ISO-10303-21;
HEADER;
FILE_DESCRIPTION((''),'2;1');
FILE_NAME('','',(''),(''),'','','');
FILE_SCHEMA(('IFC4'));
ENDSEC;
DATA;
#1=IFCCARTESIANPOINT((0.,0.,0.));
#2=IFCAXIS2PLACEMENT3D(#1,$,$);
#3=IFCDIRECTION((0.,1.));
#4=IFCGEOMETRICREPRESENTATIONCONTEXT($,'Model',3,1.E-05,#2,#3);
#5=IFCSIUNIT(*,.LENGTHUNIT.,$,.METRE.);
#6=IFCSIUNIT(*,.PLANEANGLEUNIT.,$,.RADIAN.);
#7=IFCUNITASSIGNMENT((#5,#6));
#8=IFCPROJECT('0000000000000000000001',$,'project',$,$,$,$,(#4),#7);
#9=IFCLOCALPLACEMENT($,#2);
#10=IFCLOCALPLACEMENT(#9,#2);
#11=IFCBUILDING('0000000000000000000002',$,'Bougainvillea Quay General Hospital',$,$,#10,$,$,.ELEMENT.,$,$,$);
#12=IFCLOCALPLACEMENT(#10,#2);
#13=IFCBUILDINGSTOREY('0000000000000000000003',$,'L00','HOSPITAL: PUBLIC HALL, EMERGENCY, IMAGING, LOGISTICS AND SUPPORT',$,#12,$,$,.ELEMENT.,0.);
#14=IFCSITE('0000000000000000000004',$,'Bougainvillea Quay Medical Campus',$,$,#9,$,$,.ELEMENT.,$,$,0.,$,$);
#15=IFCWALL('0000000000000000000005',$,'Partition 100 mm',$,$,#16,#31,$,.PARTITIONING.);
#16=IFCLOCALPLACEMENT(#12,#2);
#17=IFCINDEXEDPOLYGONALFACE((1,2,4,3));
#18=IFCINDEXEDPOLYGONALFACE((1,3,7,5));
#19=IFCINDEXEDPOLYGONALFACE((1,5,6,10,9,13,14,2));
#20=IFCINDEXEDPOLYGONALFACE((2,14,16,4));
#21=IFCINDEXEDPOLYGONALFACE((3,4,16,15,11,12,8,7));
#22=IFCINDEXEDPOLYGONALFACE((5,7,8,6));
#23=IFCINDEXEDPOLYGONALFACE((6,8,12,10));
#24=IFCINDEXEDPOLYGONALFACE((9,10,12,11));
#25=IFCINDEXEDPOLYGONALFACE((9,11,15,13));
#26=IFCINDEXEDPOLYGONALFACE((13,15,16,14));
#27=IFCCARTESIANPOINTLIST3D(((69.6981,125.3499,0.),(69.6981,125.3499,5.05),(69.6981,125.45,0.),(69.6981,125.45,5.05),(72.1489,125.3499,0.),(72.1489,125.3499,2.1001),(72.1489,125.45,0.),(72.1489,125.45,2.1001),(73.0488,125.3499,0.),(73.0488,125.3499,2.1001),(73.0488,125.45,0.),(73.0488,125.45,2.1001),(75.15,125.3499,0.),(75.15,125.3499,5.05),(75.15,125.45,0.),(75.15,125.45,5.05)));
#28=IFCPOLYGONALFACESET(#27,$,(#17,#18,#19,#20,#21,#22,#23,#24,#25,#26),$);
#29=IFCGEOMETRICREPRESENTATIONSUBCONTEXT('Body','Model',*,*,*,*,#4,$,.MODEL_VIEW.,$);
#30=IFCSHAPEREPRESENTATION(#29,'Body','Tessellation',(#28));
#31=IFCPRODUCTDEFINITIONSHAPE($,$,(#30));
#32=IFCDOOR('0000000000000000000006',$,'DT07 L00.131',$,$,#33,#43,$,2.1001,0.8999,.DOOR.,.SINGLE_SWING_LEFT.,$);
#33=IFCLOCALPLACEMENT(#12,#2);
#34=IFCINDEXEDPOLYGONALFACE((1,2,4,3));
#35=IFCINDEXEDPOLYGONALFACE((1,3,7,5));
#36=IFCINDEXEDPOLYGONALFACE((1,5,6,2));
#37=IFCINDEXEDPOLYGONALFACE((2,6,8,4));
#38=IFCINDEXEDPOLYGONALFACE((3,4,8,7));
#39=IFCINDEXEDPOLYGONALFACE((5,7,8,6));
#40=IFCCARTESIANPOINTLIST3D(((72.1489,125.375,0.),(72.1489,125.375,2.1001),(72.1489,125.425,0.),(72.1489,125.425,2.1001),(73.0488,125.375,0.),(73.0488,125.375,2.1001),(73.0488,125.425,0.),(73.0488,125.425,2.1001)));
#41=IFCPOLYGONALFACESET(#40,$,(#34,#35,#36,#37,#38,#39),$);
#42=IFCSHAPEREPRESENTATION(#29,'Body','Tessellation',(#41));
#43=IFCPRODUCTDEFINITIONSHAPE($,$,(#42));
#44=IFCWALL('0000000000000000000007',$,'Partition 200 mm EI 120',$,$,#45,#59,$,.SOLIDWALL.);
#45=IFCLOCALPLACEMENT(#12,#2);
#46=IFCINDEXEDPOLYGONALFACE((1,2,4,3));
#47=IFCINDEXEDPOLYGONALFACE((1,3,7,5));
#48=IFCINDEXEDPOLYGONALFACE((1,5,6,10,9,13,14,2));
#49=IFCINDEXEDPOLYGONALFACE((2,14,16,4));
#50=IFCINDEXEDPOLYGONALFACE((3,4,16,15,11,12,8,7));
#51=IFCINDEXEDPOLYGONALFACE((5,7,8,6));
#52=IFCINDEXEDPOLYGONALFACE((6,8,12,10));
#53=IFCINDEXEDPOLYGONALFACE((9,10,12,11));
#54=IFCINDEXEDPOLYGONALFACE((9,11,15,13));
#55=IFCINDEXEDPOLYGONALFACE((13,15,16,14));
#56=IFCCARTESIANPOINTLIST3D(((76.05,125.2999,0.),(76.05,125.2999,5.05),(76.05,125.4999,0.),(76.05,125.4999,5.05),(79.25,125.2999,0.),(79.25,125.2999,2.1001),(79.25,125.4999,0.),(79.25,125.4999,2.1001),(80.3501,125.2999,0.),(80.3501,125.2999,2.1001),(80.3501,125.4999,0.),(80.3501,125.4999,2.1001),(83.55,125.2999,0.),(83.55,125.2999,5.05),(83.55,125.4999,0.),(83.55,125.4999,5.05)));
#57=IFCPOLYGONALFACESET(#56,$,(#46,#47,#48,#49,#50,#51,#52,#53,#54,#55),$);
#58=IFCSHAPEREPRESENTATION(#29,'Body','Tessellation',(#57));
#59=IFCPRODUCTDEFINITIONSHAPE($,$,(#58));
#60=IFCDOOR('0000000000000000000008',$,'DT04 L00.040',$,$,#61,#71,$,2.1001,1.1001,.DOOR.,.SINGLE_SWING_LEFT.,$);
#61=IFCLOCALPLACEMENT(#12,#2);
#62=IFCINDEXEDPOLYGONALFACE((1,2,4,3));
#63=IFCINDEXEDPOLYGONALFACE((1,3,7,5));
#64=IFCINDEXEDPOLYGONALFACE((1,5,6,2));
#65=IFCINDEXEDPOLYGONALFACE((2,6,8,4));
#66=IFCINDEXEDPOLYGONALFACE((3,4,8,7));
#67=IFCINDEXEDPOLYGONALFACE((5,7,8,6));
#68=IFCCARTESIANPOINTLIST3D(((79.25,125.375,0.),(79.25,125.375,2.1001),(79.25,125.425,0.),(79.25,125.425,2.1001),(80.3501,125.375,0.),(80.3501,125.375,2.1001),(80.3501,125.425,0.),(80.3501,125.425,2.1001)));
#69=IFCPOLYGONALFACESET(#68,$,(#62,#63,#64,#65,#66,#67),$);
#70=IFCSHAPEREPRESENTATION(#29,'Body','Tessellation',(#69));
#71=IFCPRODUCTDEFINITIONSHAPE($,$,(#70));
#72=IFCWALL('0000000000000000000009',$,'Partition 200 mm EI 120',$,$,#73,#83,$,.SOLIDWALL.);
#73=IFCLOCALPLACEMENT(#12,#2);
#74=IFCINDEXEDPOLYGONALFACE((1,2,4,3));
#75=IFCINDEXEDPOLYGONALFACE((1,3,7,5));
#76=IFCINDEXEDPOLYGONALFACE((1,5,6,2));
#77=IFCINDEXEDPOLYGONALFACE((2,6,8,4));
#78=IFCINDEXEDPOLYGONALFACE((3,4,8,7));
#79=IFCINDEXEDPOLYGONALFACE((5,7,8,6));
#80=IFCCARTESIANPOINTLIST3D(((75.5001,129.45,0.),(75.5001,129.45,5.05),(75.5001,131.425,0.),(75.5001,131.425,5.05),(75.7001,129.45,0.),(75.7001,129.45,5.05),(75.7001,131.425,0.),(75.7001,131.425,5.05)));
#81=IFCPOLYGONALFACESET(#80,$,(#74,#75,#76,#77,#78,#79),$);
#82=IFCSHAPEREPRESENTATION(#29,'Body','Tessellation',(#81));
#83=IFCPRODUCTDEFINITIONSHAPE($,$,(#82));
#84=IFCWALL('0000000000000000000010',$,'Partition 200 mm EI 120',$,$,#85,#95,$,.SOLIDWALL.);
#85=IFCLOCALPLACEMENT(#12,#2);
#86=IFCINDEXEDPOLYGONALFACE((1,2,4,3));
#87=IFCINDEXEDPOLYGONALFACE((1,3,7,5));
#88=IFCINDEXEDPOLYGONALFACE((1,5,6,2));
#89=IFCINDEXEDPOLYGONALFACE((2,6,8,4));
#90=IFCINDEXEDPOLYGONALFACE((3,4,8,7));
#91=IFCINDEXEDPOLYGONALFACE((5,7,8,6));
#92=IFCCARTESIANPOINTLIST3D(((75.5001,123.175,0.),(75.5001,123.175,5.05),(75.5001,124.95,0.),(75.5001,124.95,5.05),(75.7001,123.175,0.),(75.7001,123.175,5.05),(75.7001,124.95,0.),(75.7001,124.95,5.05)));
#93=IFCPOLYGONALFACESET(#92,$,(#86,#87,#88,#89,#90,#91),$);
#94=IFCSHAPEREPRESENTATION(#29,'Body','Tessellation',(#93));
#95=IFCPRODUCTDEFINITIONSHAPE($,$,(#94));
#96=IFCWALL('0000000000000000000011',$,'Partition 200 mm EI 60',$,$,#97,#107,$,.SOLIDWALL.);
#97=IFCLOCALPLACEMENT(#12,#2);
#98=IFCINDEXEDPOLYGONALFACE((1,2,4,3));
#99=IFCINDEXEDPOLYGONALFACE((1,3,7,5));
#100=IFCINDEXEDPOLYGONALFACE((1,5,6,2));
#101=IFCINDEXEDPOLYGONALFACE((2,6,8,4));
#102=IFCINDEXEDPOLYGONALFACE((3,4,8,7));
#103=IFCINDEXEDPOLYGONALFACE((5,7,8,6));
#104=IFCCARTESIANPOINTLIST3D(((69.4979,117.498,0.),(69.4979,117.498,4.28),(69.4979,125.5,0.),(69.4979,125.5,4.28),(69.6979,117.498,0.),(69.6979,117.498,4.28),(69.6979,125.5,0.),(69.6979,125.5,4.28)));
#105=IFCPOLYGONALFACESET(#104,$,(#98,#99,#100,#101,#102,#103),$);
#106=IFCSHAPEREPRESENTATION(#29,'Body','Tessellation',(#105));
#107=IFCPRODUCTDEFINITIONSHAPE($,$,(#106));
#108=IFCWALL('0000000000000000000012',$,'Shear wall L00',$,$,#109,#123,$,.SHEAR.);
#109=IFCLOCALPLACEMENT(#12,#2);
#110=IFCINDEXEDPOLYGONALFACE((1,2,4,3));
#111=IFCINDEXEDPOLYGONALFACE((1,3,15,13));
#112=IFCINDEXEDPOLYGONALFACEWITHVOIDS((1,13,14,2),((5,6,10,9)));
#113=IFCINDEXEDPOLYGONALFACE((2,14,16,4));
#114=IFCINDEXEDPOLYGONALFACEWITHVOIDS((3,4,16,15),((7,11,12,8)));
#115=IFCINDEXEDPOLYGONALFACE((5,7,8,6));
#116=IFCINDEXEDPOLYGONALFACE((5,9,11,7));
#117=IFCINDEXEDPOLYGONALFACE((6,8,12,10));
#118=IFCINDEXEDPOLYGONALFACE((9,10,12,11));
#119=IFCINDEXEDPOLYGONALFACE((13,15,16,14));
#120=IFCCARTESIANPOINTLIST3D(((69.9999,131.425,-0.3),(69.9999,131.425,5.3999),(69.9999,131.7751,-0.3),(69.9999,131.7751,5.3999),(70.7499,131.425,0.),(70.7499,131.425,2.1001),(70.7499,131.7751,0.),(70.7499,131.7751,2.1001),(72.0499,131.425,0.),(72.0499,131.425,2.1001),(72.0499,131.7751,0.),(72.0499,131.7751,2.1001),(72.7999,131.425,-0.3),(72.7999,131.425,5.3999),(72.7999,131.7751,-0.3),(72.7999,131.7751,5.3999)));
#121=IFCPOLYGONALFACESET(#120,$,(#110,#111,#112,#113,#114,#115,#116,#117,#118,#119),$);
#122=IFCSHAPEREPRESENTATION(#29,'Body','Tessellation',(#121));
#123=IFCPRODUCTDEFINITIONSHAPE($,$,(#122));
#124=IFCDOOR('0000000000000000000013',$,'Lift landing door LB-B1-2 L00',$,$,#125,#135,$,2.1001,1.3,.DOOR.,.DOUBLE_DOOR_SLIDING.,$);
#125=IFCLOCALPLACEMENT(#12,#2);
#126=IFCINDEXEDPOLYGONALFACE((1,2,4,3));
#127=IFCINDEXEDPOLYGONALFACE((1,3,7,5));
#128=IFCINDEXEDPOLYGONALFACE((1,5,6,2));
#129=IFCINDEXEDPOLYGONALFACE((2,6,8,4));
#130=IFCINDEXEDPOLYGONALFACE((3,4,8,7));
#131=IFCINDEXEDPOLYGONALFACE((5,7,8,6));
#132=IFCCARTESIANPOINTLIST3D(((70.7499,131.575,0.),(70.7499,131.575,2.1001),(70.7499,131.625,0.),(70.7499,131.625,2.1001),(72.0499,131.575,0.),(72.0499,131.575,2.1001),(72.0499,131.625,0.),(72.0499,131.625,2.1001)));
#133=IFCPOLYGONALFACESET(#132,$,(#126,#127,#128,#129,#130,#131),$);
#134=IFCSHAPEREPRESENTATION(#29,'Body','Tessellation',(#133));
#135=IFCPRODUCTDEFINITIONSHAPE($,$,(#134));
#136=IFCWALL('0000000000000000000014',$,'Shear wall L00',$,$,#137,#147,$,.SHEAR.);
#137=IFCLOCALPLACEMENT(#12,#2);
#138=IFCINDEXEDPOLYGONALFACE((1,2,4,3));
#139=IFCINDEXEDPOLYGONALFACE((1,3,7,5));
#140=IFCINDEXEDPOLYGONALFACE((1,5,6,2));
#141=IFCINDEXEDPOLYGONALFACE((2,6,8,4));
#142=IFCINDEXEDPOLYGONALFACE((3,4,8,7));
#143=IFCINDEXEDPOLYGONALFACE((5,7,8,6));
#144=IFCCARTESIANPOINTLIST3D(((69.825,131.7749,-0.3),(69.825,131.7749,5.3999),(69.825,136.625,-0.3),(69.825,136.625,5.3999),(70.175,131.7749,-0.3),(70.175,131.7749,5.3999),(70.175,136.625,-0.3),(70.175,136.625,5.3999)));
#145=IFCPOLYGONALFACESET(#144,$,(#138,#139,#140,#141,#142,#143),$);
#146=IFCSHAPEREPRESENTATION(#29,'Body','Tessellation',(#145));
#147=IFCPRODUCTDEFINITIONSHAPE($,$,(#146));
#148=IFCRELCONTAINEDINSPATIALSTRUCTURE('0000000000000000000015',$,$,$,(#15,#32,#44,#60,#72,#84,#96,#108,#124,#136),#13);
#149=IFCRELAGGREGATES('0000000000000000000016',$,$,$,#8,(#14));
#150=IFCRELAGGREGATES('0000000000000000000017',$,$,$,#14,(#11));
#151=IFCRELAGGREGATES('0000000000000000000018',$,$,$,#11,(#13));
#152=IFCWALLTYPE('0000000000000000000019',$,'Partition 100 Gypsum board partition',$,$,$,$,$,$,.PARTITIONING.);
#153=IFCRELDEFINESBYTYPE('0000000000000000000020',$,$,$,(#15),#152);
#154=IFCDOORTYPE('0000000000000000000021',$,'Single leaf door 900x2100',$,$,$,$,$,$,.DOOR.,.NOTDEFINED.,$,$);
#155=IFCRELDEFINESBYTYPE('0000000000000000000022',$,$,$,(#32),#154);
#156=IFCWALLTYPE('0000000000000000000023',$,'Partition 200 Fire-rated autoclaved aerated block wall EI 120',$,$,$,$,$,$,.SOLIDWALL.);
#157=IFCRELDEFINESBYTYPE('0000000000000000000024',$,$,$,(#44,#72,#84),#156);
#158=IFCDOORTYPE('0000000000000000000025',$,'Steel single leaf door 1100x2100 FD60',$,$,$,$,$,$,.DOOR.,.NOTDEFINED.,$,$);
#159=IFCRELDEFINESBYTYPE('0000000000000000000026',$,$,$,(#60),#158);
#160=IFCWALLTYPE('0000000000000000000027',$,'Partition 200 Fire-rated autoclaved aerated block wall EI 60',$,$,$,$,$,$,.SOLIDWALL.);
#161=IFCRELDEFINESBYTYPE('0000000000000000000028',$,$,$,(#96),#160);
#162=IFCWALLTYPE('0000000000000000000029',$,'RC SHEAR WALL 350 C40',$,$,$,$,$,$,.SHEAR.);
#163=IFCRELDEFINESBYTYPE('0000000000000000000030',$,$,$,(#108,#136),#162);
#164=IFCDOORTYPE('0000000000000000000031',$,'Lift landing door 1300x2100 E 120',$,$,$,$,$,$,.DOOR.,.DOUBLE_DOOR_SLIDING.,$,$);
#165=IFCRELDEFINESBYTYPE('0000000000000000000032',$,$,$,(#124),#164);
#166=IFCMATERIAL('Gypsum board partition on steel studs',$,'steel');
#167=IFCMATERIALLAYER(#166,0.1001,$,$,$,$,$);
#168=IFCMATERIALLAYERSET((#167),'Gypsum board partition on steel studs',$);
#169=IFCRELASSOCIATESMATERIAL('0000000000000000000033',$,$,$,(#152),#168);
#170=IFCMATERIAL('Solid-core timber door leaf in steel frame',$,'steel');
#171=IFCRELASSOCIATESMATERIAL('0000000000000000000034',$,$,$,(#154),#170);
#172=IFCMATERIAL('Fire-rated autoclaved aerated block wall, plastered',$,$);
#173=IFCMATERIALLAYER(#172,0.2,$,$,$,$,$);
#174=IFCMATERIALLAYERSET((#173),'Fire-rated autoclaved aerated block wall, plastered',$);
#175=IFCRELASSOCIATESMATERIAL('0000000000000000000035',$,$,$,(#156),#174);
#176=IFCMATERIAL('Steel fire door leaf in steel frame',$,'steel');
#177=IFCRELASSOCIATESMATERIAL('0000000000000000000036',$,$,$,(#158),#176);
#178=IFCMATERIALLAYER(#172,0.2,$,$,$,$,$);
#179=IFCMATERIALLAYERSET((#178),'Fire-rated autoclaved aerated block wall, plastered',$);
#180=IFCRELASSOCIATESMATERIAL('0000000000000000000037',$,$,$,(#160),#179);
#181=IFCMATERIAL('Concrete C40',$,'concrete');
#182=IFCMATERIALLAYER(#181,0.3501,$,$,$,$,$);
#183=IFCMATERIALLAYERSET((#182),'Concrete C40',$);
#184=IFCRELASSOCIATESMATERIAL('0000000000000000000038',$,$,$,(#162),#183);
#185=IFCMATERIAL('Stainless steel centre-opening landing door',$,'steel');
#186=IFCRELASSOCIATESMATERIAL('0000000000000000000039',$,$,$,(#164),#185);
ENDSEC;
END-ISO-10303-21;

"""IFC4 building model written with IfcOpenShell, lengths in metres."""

from ifc_helpers import new_model, si_unit, direction, frame, frame_2d, origin, place, context, subcontext, project, spatial, rectangle, extrude, material, layer, layer_set, type_object, element, fill, save


model = new_model("IFC4")

# Units and contexts
model_context = context("Model", 3, precision=1e-05, world=origin(), true_north=direction((0.0, 1.0)))
body_context = subcontext(model_context, "Body", "Model", "MODEL_VIEW")
ifc_project = project(units=[si_unit("LENGTHUNIT", "METRE"), si_unit("PLANEANGLEUNIT", "RADIAN")], contexts=[model_context])

# Site, building, storey
site_placement = place(None, origin())
site = spatial("IfcSite", under=ifc_project, at=site_placement, Name="Bougainvillea Quay Medical Campus", CompositionType="ELEMENT", RefElevation=0.0)
building_placement = place(site_placement, origin())
building = spatial("IfcBuilding", under=site, at=building_placement, Name="Bougainvillea Quay General Hospital", CompositionType="ELEMENT")
storey_placement = place(building_placement, origin())
storey = spatial("IfcBuildingStorey", under=building, at=storey_placement, Name="L00", Description="HOSPITAL: PUBLIC HALL, EMERGENCY, IMAGING, LOGISTICS AND SUPPORT", CompositionType="ELEMENT", Elevation=0.0)

# Shared definitions
ifc_material_1 = material(Name="Concrete C40", Category="concrete")

# Shared definitions
ifc_material_2 = material(Name="Gypsum board partition on steel studs", Category="steel")
ifc_layer_1 = layer(ifc_material_2, 0.1001)
ifc_layer_set_1 = layer_set([ifc_layer_1], Name="Gypsum board partition on steel studs")
wall_type_1 = type_object("IfcWallType", Name="Partition 100 Gypsum board partition", PredefinedType="PARTITIONING", material=ifc_layer_set_1)

# Walls, openings, doors
wall_1_placement = place(storey_placement, frame((69.698, 125.3999, 0.0), z_axis=(0.0, 0.0, 1.0), x_axis=(1.0, 0.0, 0.0)))
wall_1 = element("IfcWall", 1, at=wall_1_placement, inside=storey, type_object=wall_type_1, Name="Partition 100 mm", PredefinedType="PARTITIONING", context=body_context, shape_type="SweptSolid", body=[
    extrude(rectangle(XDim=5.4519, YDim=0.1001, at=frame_2d((2.7261, 0.0))), origin(), (0.0, 0.0, 1.0), 5.05),
])
opening_1_placement = place(wall_1_placement, frame((2.4509, 0.0, 0.0)))
opening_1 = element("IfcOpeningElement", 2, at=opening_1_placement, cuts=wall_1, PredefinedType="OPENING", context=body_context, shape_type="SweptSolid", body=[
    extrude(rectangle(XDim=0.8999, YDim=2.1001, at=frame_2d((0.45, 1.05))), frame((0.0, 0.0601, 0.0), z_axis=(0.0, -1.0, 0.0), x_axis=(1.0, 0.0, 0.0)), (0.0, 0.0, 1.0), 0.1201),
])
ifc_material_3 = material(Name="Solid-core timber door leaf in steel frame", Category="steel")
door_type_1 = type_object("IfcDoorType", Name="Single leaf door 900x2100", OperationType="NOTDEFINED", PredefinedType="DOOR", material=ifc_material_3)
door_1_placement = place(opening_1_placement, frame((0.8999, 0.0, 0.0), z_axis=(0.0, 0.0, 1.0), x_axis=(-1.0, 0.0, 0.0)))
door_1 = element("IfcDoor", 3, at=door_1_placement, inside=storey, type_object=door_type_1, Name="DT07 L00.131", OperationType="SINGLE_SWING_LEFT", OverallHeight=2.1001, OverallWidth=0.8999, PredefinedType="DOOR", context=body_context, shape_type="SweptSolid", body=[
    extrude(rectangle(XDim=0.8999, YDim=2.1001, at=frame_2d((0.45, 1.05))), frame((0.0, 0.0249, 0.0), z_axis=(0.0, -1.0, 0.0), x_axis=(1.0, 0.0, 0.0)), (0.0, 0.0, 1.0), 0.05),
])
fill(opening_1, door_1)
ifc_material_4 = material(Name="Fire-rated autoclaved aerated block wall, plastered")
ifc_layer_2 = layer(ifc_material_4, 0.2)
ifc_layer_set_2 = layer_set([ifc_layer_2], Name="Fire-rated autoclaved aerated block wall, plastered")
wall_type_2 = type_object("IfcWallType", Name="Partition 200 Fire-rated autoclaved aerated block wall EI 120", PredefinedType="SOLIDWALL", material=ifc_layer_set_2)
wall_2_placement = place(storey_placement, frame((76.05, 125.3999, 0.0), z_axis=(0.0, 0.0, 1.0), x_axis=(1.0, 0.0, 0.0)))
wall_2 = element("IfcWall", 4, at=wall_2_placement, inside=storey, type_object=wall_type_2, Name="Partition 200 mm EI 120", PredefinedType="SOLIDWALL", context=body_context, shape_type="SweptSolid", body=[
    extrude(rectangle(XDim=7.5, YDim=0.2, at=frame_2d((3.75, 0.0))), origin(), (0.0, 0.0, 1.0), 5.05),
])
opening_2_placement = place(wall_2_placement, frame((3.2, 0.0, 0.0)))
opening_2 = element("IfcOpeningElement", 5, at=opening_2_placement, cuts=wall_2, PredefinedType="OPENING", context=body_context, shape_type="SweptSolid", body=[
    extrude(rectangle(XDim=1.1001, YDim=2.1001, at=frame_2d((0.55, 1.05))), frame((0.0, 0.1099, 0.0), z_axis=(0.0, -1.0, 0.0), x_axis=(1.0, 0.0, 0.0)), (0.0, 0.0, 1.0), 0.22),
])
ifc_material_5 = material(Name="Steel fire door leaf in steel frame", Category="steel")
door_type_2 = type_object("IfcDoorType", Name="Steel single leaf door 1100x2100 FD60", OperationType="NOTDEFINED", PredefinedType="DOOR", material=ifc_material_5)
door_2_placement = place(opening_2_placement, frame((1.1001, 0.0, 0.0), z_axis=(0.0, 0.0, 1.0), x_axis=(-1.0, 0.0, 0.0)))
door_2 = element("IfcDoor", 6, at=door_2_placement, inside=storey, type_object=door_type_2, Name="DT04 L00.040", OperationType="SINGLE_SWING_LEFT", OverallHeight=2.1001, OverallWidth=1.1001, PredefinedType="DOOR", context=body_context, shape_type="SweptSolid", body=[
    extrude(rectangle(XDim=1.1001, YDim=2.1001, at=frame_2d((0.55, 1.05))), frame((0.0, 0.0249, 0.0), z_axis=(0.0, -1.0, 0.0), x_axis=(1.0, 0.0, 0.0)), (0.0, 0.0, 1.0), 0.05),
])
fill(opening_2, door_2)

# Walls
wall_3_placement = place(storey_placement, frame((75.6001, 129.45, 0.0), z_axis=(0.0, 0.0, 1.0), x_axis=(0.0, 1.0, 0.0)))
element("IfcWall", 7, at=wall_3_placement, inside=storey, type_object=wall_type_2, Name="Partition 200 mm EI 120", PredefinedType="SOLIDWALL", context=body_context, shape_type="SweptSolid", body=[
    extrude(rectangle(XDim=1.9751, YDim=0.2, at=frame_2d((0.9875, 0.0))), origin(), (0.0, 0.0, 1.0), 5.05),
])
wall_4_placement = place(storey_placement, frame((75.6001, 123.175, 0.0), z_axis=(0.0, 0.0, 1.0), x_axis=(0.0, 1.0, 0.0)))
element("IfcWall", 8, at=wall_4_placement, inside=storey, type_object=wall_type_2, Name="Partition 200 mm EI 120", PredefinedType="SOLIDWALL", context=body_context, shape_type="SweptSolid", body=[
    extrude(rectangle(XDim=1.7749, YDim=0.2, at=frame_2d((0.8875, 0.0))), origin(), (0.0, 0.0, 1.0), 5.05),
])
ifc_layer_3 = layer(ifc_material_4, 0.2)
ifc_layer_set_3 = layer_set([ifc_layer_3], Name="Fire-rated autoclaved aerated block wall, plastered")
wall_type_3 = type_object("IfcWallType", Name="Partition 200 Fire-rated autoclaved aerated block wall EI 60", PredefinedType="SOLIDWALL", material=ifc_layer_set_3)
wall_5_placement = place(storey_placement, frame((69.5979, 117.498, 0.0), z_axis=(0.0, 0.0, 1.0), x_axis=(0.0, 1.0, 0.0)))
element("IfcWall", 9, at=wall_5_placement, inside=storey, type_object=wall_type_3, Name="Partition 200 mm EI 60", PredefinedType="SOLIDWALL", context=body_context, shape_type="SweptSolid", body=[
    extrude(rectangle(XDim=8.002, YDim=0.2, at=frame_2d((4.001, 0.0))), origin(), (0.0, 0.0, 1.0), 4.28),
])

# Wall, opening, door
ifc_layer_4 = layer(ifc_material_1, 0.3501)
ifc_layer_set_4 = layer_set([ifc_layer_4], Name="Concrete C40")
wall_type_4 = type_object("IfcWallType", Name="RC SHEAR WALL 350 C40", PredefinedType="SHEAR", material=ifc_layer_set_4)
wall_6_placement = place(storey_placement, frame((70.0, 131.6001, -0.3), z_axis=(0.0, 0.0, 1.0), x_axis=(1.0, 0.0, 0.0)))
wall_6 = element("IfcWall", 10, at=wall_6_placement, inside=storey, type_object=wall_type_4, Name="Shear wall L00", PredefinedType="SHEAR", context=body_context, shape_type="SweptSolid", body=[
    extrude(rectangle(XDim=2.8, YDim=0.3501, at=frame_2d((1.3999, 0.0))), origin(), (0.0, 0.0, 1.0), 5.7),
])
opening_3_placement = place(wall_6_placement, frame((0.75, 0.0, 0.3)))
opening_3 = element("IfcOpeningElement", 11, at=opening_3_placement, cuts=wall_6, PredefinedType="OPENING", context=body_context, shape_type="SweptSolid", body=[
    extrude(rectangle(XDim=1.3, YDim=2.1001, at=frame_2d((0.6499, 1.05))), frame((0.0, 0.1851, 0.0), z_axis=(0.0, -1.0, 0.0), x_axis=(1.0, 0.0, 0.0)), (0.0, 0.0, 1.0), 0.3701),
])
ifc_material_6 = material(Name="Stainless steel centre-opening landing door", Category="steel")
door_type_3 = type_object("IfcDoorType", Name="Lift landing door 1300x2100 E 120", OperationType="DOUBLE_DOOR_SLIDING", PredefinedType="DOOR", material=ifc_material_6)
door_3_placement = place(opening_3_placement, origin())
door_3 = element("IfcDoor", 12, at=door_3_placement, inside=storey, type_object=door_type_3, Name="Lift landing door LB-B1-2 L00", OperationType="DOUBLE_DOOR_SLIDING", OverallHeight=2.1001, OverallWidth=1.3, PredefinedType="DOOR", context=body_context, shape_type="SweptSolid", body=[
    extrude(rectangle(XDim=1.3, YDim=2.1001, at=frame_2d((0.6499, 1.05))), frame((0.0, 0.0249, 0.0), z_axis=(0.0, -1.0, 0.0), x_axis=(1.0, 0.0, 0.0)), (0.0, 0.0, 1.0), 0.05),
])
fill(opening_3, door_3)

# Wall
wall_7_placement = place(storey_placement, frame((70.0, 131.7749, -0.3), z_axis=(0.0, 0.0, 1.0), x_axis=(0.0, 1.0, 0.0)))
element("IfcWall", 13, at=wall_7_placement, inside=storey, type_object=wall_type_4, Name="Shear wall L00", PredefinedType="SHEAR", context=body_context, shape_type="SweptSolid", body=[
    extrude(rectangle(XDim=4.8501, YDim=0.3501, at=frame_2d((2.425, 0.0))), origin(), (0.0, 0.0, 1.0), 5.7),
])

save(model, "model.ifc")
